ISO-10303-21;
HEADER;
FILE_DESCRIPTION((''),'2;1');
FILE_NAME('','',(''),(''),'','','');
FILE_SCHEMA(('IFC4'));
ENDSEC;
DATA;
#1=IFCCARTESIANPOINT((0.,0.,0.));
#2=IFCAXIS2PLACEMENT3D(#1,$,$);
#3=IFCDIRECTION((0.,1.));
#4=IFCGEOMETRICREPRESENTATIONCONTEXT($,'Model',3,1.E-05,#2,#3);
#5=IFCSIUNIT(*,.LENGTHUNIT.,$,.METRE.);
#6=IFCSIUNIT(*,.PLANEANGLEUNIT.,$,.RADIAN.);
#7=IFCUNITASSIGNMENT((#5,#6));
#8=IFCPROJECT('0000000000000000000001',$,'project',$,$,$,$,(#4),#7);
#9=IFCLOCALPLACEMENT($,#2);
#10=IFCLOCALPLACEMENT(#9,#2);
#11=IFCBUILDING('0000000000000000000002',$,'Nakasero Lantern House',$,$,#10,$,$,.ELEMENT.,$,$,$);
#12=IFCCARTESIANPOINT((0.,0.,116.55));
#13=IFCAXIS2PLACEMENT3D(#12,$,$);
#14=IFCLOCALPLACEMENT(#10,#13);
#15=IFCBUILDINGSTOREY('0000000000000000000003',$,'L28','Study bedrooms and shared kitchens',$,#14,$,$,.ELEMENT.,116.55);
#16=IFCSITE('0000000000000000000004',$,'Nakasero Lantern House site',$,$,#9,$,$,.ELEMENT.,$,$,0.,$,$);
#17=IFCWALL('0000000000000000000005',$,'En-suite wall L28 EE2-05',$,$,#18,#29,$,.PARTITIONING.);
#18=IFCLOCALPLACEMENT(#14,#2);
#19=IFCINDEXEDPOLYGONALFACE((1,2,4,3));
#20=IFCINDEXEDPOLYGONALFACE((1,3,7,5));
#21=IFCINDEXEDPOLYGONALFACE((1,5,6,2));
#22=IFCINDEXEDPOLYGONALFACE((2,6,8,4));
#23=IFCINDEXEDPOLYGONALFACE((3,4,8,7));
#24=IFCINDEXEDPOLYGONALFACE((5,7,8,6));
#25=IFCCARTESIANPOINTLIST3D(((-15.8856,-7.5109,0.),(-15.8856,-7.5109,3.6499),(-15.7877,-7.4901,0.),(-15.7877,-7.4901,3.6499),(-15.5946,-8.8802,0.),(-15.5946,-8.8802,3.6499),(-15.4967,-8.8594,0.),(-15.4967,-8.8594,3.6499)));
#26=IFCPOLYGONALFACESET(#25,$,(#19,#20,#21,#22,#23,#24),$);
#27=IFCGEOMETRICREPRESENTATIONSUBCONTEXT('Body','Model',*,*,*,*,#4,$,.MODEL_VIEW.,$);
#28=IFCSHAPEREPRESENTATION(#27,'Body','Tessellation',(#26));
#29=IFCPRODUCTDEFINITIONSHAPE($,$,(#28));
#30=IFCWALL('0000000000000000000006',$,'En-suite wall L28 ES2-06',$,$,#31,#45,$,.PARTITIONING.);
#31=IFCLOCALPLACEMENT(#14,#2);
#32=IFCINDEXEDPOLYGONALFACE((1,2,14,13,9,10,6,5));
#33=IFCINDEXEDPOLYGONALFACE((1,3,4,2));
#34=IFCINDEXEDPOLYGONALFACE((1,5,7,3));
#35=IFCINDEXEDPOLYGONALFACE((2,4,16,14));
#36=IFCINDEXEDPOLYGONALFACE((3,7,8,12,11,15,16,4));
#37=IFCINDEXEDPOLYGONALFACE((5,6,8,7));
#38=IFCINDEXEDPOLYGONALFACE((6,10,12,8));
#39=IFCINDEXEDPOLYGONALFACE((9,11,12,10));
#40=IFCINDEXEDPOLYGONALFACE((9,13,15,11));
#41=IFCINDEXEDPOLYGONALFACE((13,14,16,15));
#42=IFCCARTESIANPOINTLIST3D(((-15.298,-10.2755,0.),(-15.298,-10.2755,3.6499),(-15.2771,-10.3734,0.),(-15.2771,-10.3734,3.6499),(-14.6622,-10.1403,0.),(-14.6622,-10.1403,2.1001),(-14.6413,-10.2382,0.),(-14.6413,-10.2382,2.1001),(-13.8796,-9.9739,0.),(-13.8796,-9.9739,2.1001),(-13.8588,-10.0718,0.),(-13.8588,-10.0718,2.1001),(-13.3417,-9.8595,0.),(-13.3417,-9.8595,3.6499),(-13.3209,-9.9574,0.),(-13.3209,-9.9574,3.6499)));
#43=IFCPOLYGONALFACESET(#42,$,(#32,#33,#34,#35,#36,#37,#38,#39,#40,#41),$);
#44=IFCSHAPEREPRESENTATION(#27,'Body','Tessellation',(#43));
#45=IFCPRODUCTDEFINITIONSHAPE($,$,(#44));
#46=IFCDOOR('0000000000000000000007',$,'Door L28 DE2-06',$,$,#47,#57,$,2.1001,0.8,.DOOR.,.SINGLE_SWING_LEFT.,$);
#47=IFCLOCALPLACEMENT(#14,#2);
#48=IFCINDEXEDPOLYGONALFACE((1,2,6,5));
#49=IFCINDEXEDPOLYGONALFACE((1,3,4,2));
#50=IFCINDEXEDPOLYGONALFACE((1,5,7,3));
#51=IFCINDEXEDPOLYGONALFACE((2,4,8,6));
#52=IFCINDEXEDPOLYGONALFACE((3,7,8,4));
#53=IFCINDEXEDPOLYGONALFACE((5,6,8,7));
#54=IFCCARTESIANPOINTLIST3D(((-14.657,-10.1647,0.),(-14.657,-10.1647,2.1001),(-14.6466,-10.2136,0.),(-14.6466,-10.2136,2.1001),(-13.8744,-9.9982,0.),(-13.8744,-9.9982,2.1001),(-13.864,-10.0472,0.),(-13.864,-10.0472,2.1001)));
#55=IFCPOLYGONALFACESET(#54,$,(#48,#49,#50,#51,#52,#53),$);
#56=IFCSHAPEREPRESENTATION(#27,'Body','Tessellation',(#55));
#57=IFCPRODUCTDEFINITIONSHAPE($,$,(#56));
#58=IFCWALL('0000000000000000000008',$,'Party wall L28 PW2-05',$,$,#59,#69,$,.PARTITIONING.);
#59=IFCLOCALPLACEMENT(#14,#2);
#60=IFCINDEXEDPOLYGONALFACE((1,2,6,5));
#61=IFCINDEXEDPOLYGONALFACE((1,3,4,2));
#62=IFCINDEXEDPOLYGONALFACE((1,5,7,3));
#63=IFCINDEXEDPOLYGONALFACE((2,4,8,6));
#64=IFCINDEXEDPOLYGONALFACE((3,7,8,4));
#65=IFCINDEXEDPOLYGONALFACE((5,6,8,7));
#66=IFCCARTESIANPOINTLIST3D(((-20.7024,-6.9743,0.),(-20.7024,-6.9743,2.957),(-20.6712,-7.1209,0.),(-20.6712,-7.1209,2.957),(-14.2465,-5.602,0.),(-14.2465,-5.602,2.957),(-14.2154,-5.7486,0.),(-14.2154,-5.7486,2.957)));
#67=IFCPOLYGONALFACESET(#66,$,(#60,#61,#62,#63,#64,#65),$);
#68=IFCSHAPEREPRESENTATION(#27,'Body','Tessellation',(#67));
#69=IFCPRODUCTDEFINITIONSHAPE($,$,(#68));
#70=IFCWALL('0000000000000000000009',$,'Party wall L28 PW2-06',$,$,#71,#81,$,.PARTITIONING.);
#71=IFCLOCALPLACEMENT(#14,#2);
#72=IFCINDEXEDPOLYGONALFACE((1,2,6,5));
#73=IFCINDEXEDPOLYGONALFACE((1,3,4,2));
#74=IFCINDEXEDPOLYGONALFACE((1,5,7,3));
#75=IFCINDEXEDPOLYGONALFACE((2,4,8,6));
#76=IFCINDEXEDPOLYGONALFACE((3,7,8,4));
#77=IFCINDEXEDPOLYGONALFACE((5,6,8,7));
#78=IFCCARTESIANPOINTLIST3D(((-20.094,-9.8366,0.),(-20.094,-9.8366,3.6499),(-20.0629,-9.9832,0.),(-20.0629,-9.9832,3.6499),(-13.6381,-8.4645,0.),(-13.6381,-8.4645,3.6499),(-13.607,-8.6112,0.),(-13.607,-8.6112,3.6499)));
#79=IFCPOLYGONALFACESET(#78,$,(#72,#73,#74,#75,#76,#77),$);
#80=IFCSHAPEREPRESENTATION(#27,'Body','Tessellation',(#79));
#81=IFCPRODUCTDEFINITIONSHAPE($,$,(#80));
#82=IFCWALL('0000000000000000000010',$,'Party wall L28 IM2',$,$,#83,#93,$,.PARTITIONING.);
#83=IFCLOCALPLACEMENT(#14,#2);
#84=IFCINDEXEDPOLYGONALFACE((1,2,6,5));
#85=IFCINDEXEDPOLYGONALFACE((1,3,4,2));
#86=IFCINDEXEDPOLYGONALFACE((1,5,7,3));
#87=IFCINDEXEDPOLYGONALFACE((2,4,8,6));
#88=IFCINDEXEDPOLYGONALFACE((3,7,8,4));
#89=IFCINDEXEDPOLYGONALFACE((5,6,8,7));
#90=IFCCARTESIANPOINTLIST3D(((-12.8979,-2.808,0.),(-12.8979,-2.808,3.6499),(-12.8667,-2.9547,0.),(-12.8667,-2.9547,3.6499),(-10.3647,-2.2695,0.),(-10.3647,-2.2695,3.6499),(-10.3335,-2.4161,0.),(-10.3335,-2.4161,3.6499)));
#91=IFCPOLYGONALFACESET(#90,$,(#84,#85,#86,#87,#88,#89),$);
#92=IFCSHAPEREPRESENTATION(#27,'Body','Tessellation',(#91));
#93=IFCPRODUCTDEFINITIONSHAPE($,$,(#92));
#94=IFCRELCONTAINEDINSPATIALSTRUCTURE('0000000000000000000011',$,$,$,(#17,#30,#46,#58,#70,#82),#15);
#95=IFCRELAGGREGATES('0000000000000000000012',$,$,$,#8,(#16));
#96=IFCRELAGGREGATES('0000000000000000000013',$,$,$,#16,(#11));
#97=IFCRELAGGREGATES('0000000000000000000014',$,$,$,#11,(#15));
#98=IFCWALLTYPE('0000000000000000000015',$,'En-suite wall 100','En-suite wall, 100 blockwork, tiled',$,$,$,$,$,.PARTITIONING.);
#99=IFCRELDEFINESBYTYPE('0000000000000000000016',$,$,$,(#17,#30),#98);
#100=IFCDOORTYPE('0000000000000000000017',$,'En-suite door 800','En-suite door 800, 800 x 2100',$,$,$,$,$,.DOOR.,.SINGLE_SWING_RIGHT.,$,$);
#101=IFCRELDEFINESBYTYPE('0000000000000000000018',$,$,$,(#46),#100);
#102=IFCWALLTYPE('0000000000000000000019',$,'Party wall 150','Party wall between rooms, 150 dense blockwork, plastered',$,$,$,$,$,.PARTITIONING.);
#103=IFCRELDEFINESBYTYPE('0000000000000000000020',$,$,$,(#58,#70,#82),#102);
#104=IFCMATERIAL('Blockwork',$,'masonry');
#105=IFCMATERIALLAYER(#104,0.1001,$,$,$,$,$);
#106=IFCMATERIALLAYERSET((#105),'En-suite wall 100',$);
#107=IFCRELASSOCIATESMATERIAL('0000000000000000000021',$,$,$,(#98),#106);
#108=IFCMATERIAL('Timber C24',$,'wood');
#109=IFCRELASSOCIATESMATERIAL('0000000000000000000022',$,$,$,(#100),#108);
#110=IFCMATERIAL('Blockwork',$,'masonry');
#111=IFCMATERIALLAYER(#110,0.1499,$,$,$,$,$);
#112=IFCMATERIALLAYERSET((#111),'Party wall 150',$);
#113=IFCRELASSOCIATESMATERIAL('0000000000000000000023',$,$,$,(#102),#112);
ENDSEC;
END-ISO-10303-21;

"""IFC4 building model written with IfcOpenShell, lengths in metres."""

from ifc_helpers import new_model, si_unit, direction, frame, frame_2d, origin, place, context, subcontext, project, spatial, rectangle, extrude, material, layer, layer_set, type_object, element, fill, save


model = new_model("IFC4")

# Units and contexts
model_context = context("Model", 3, precision=1e-05, world=origin(), true_north=direction((0.0, 1.0)))
body_context = subcontext(model_context, "Body", "Model", "MODEL_VIEW")
ifc_project = project(units=[si_unit("LENGTHUNIT", "METRE"), si_unit("PLANEANGLEUNIT", "RADIAN")], contexts=[model_context])

# Site, building, storey
site_placement = place(None, origin())
site = spatial("IfcSite", under=ifc_project, at=site_placement, Name="Nakasero Lantern House site", CompositionType="ELEMENT", RefElevation=0.0)
building_placement = place(site_placement, origin())
building = spatial("IfcBuilding", under=site, at=building_placement, Name="Nakasero Lantern House", CompositionType="ELEMENT")
storey_placement = place(building_placement, frame((0.0, 0.0, 116.55)))
storey = spatial("IfcBuildingStorey", under=building, at=storey_placement, Name="L28", Description="Study bedrooms and shared kitchens", CompositionType="ELEMENT", Elevation=116.55)

# Shared definitions
ifc_material_1 = material(Name="Blockwork", Category="masonry")
ifc_layer_1 = layer(ifc_material_1, 0.1001)
ifc_layer_set_1 = layer_set([ifc_layer_1], Name="En-suite wall 100")
wall_type_1 = type_object("IfcWallType", Name="En-suite wall 100", Description="En-suite wall, 100 blockwork, tiled", PredefinedType="PARTITIONING", material=ifc_layer_set_1)
ifc_material_2 = material(Name="Timber C24", Category="wood")
door_type = type_object("IfcDoorType", Name="En-suite door 800", Description="En-suite door 800, 800 x 2100", OperationType="SINGLE_SWING_RIGHT", PredefinedType="DOOR", material=ifc_material_2)

# Wall
wall_1_placement = place(storey_placement, frame((-15.8367, -7.5005, 0.0), z_axis=(0.0, 0.0, 1.0), x_axis=(0.207873, -0.978156, 0.0)))
element("IfcWall", 1, at=wall_1_placement, inside=storey, type_object=wall_type_1, Name="En-suite wall L28 EE2-05", PredefinedType="PARTITIONING", context=body_context, shape_type="SweptSolid", body=[
    extrude(rectangle(XDim=1.3999, YDim=0.1001, at=frame_2d((0.7, 0.0))), origin(), (0.0, 0.0, 1.0), 3.6499),
])

# Wall, opening, door
wall_2_placement = place(storey_placement, frame((-13.3313, -9.9084, 0.0), z_axis=(0.0, 0.0, 1.0), x_axis=(-0.978128, -0.208003, 0.0)))
wall_2 = element("IfcWall", 2, at=wall_2_placement, inside=storey, type_object=wall_type_1, Name="En-suite wall L28 ES2-06", PredefinedType="PARTITIONING", context=body_context, shape_type="SweptSolid", body=[
    extrude(rectangle(XDim=2.0, YDim=0.1001, at=frame_2d((1.0, 0.0))), origin(), (0.0, 0.0, 1.0), 3.6499),
])
opening_1_placement = place(wall_2_placement, frame((0.55, 0.0, 0.0)))
opening_1 = element("IfcOpeningElement", 3, at=opening_1_placement, cuts=wall_2, PredefinedType="OPENING", context=body_context, shape_type="SweptSolid", body=[
    extrude(rectangle(XDim=0.8, YDim=2.1001, at=frame_2d((0.3999, 1.05))), frame((0.0, 0.0701, 0.0), z_axis=(0.0, -1.0, 0.0), x_axis=(1.0, 0.0, 0.0)), (0.0, 0.0, 1.0), 0.1401),
])
door_1_placement = place(opening_1_placement, origin())
door_1 = element("IfcDoor", 4, at=door_1_placement, inside=storey, type_object=door_type, Name="Door L28 DE2-06", OperationType="SINGLE_SWING_LEFT", OverallHeight=2.1001, OverallWidth=0.8, PredefinedType="DOOR", context=body_context, shape_type="SweptSolid", body=[
    extrude(rectangle(XDim=0.8, YDim=2.1001, at=frame_2d((0.3999, 1.05))), frame((0.0, 0.0249, 0.0), z_axis=(0.0, -1.0, 0.0), x_axis=(1.0, 0.0, 0.0)), (0.0, 0.0, 1.0), 0.05),
])
fill(opening_1, door_1)

# Walls
ifc_material_3 = material(Name="Blockwork", Category="masonry")
ifc_layer_2 = layer(ifc_material_3, 0.1499)
ifc_layer_set_2 = layer_set([ifc_layer_2], Name="Party wall 150")
wall_type_2 = type_object("IfcWallType", Name="Party wall 150", Description="Party wall between rooms, 150 dense blockwork, plastered", PredefinedType="PARTITIONING", material=ifc_layer_set_2)
wall_3_placement = place(storey_placement, frame((-14.231, -5.6753, 0.0), z_axis=(0.0, 0.0, 1.0), x_axis=(-0.978145, -0.207925, 0.0)))
element("IfcWall", 5, at=wall_3_placement, inside=storey, type_object=wall_type_2, Name="Party wall L28 PW2-05", PredefinedType="PARTITIONING", context=body_context, shape_type="SweptSolid", body=[
    extrude(rectangle(XDim=6.6001, YDim=0.1499, at=frame_2d((3.3, 0.0))), origin(), (0.0, 0.0, 1.0), 2.957),
])
wall_4_placement = place(storey_placement, frame((-13.6226, -8.5378, 0.0), z_axis=(0.0, 0.0, 1.0), x_axis=(-0.978152, -0.207889, 0.0)))
element("IfcWall", 6, at=wall_4_placement, inside=storey, type_object=wall_type_2, Name="Party wall L28 PW2-06", PredefinedType="PARTITIONING", context=body_context, shape_type="SweptSolid", body=[
    extrude(rectangle(XDim=6.6001, YDim=0.1499, at=frame_2d((3.3, 0.0))), origin(), (0.0, 0.0, 1.0), 3.6499),
])
wall_5_placement = place(storey_placement, frame((-12.8823, -2.8813, 0.0), z_axis=(0.0, 0.0, 1.0), x_axis=(0.978138, 0.207958, 0.0)))
element("IfcWall", 7, at=wall_5_placement, inside=storey, type_object=wall_type_2, Name="Party wall L28 IM2", PredefinedType="PARTITIONING", context=body_context, shape_type="SweptSolid", body=[
    extrude(rectangle(XDim=2.5898, YDim=0.1499, at=frame_2d((1.2949, 0.0))), origin(), (0.0, 0.0, 1.0), 3.6499),
])

save(model, "model.ifc")
